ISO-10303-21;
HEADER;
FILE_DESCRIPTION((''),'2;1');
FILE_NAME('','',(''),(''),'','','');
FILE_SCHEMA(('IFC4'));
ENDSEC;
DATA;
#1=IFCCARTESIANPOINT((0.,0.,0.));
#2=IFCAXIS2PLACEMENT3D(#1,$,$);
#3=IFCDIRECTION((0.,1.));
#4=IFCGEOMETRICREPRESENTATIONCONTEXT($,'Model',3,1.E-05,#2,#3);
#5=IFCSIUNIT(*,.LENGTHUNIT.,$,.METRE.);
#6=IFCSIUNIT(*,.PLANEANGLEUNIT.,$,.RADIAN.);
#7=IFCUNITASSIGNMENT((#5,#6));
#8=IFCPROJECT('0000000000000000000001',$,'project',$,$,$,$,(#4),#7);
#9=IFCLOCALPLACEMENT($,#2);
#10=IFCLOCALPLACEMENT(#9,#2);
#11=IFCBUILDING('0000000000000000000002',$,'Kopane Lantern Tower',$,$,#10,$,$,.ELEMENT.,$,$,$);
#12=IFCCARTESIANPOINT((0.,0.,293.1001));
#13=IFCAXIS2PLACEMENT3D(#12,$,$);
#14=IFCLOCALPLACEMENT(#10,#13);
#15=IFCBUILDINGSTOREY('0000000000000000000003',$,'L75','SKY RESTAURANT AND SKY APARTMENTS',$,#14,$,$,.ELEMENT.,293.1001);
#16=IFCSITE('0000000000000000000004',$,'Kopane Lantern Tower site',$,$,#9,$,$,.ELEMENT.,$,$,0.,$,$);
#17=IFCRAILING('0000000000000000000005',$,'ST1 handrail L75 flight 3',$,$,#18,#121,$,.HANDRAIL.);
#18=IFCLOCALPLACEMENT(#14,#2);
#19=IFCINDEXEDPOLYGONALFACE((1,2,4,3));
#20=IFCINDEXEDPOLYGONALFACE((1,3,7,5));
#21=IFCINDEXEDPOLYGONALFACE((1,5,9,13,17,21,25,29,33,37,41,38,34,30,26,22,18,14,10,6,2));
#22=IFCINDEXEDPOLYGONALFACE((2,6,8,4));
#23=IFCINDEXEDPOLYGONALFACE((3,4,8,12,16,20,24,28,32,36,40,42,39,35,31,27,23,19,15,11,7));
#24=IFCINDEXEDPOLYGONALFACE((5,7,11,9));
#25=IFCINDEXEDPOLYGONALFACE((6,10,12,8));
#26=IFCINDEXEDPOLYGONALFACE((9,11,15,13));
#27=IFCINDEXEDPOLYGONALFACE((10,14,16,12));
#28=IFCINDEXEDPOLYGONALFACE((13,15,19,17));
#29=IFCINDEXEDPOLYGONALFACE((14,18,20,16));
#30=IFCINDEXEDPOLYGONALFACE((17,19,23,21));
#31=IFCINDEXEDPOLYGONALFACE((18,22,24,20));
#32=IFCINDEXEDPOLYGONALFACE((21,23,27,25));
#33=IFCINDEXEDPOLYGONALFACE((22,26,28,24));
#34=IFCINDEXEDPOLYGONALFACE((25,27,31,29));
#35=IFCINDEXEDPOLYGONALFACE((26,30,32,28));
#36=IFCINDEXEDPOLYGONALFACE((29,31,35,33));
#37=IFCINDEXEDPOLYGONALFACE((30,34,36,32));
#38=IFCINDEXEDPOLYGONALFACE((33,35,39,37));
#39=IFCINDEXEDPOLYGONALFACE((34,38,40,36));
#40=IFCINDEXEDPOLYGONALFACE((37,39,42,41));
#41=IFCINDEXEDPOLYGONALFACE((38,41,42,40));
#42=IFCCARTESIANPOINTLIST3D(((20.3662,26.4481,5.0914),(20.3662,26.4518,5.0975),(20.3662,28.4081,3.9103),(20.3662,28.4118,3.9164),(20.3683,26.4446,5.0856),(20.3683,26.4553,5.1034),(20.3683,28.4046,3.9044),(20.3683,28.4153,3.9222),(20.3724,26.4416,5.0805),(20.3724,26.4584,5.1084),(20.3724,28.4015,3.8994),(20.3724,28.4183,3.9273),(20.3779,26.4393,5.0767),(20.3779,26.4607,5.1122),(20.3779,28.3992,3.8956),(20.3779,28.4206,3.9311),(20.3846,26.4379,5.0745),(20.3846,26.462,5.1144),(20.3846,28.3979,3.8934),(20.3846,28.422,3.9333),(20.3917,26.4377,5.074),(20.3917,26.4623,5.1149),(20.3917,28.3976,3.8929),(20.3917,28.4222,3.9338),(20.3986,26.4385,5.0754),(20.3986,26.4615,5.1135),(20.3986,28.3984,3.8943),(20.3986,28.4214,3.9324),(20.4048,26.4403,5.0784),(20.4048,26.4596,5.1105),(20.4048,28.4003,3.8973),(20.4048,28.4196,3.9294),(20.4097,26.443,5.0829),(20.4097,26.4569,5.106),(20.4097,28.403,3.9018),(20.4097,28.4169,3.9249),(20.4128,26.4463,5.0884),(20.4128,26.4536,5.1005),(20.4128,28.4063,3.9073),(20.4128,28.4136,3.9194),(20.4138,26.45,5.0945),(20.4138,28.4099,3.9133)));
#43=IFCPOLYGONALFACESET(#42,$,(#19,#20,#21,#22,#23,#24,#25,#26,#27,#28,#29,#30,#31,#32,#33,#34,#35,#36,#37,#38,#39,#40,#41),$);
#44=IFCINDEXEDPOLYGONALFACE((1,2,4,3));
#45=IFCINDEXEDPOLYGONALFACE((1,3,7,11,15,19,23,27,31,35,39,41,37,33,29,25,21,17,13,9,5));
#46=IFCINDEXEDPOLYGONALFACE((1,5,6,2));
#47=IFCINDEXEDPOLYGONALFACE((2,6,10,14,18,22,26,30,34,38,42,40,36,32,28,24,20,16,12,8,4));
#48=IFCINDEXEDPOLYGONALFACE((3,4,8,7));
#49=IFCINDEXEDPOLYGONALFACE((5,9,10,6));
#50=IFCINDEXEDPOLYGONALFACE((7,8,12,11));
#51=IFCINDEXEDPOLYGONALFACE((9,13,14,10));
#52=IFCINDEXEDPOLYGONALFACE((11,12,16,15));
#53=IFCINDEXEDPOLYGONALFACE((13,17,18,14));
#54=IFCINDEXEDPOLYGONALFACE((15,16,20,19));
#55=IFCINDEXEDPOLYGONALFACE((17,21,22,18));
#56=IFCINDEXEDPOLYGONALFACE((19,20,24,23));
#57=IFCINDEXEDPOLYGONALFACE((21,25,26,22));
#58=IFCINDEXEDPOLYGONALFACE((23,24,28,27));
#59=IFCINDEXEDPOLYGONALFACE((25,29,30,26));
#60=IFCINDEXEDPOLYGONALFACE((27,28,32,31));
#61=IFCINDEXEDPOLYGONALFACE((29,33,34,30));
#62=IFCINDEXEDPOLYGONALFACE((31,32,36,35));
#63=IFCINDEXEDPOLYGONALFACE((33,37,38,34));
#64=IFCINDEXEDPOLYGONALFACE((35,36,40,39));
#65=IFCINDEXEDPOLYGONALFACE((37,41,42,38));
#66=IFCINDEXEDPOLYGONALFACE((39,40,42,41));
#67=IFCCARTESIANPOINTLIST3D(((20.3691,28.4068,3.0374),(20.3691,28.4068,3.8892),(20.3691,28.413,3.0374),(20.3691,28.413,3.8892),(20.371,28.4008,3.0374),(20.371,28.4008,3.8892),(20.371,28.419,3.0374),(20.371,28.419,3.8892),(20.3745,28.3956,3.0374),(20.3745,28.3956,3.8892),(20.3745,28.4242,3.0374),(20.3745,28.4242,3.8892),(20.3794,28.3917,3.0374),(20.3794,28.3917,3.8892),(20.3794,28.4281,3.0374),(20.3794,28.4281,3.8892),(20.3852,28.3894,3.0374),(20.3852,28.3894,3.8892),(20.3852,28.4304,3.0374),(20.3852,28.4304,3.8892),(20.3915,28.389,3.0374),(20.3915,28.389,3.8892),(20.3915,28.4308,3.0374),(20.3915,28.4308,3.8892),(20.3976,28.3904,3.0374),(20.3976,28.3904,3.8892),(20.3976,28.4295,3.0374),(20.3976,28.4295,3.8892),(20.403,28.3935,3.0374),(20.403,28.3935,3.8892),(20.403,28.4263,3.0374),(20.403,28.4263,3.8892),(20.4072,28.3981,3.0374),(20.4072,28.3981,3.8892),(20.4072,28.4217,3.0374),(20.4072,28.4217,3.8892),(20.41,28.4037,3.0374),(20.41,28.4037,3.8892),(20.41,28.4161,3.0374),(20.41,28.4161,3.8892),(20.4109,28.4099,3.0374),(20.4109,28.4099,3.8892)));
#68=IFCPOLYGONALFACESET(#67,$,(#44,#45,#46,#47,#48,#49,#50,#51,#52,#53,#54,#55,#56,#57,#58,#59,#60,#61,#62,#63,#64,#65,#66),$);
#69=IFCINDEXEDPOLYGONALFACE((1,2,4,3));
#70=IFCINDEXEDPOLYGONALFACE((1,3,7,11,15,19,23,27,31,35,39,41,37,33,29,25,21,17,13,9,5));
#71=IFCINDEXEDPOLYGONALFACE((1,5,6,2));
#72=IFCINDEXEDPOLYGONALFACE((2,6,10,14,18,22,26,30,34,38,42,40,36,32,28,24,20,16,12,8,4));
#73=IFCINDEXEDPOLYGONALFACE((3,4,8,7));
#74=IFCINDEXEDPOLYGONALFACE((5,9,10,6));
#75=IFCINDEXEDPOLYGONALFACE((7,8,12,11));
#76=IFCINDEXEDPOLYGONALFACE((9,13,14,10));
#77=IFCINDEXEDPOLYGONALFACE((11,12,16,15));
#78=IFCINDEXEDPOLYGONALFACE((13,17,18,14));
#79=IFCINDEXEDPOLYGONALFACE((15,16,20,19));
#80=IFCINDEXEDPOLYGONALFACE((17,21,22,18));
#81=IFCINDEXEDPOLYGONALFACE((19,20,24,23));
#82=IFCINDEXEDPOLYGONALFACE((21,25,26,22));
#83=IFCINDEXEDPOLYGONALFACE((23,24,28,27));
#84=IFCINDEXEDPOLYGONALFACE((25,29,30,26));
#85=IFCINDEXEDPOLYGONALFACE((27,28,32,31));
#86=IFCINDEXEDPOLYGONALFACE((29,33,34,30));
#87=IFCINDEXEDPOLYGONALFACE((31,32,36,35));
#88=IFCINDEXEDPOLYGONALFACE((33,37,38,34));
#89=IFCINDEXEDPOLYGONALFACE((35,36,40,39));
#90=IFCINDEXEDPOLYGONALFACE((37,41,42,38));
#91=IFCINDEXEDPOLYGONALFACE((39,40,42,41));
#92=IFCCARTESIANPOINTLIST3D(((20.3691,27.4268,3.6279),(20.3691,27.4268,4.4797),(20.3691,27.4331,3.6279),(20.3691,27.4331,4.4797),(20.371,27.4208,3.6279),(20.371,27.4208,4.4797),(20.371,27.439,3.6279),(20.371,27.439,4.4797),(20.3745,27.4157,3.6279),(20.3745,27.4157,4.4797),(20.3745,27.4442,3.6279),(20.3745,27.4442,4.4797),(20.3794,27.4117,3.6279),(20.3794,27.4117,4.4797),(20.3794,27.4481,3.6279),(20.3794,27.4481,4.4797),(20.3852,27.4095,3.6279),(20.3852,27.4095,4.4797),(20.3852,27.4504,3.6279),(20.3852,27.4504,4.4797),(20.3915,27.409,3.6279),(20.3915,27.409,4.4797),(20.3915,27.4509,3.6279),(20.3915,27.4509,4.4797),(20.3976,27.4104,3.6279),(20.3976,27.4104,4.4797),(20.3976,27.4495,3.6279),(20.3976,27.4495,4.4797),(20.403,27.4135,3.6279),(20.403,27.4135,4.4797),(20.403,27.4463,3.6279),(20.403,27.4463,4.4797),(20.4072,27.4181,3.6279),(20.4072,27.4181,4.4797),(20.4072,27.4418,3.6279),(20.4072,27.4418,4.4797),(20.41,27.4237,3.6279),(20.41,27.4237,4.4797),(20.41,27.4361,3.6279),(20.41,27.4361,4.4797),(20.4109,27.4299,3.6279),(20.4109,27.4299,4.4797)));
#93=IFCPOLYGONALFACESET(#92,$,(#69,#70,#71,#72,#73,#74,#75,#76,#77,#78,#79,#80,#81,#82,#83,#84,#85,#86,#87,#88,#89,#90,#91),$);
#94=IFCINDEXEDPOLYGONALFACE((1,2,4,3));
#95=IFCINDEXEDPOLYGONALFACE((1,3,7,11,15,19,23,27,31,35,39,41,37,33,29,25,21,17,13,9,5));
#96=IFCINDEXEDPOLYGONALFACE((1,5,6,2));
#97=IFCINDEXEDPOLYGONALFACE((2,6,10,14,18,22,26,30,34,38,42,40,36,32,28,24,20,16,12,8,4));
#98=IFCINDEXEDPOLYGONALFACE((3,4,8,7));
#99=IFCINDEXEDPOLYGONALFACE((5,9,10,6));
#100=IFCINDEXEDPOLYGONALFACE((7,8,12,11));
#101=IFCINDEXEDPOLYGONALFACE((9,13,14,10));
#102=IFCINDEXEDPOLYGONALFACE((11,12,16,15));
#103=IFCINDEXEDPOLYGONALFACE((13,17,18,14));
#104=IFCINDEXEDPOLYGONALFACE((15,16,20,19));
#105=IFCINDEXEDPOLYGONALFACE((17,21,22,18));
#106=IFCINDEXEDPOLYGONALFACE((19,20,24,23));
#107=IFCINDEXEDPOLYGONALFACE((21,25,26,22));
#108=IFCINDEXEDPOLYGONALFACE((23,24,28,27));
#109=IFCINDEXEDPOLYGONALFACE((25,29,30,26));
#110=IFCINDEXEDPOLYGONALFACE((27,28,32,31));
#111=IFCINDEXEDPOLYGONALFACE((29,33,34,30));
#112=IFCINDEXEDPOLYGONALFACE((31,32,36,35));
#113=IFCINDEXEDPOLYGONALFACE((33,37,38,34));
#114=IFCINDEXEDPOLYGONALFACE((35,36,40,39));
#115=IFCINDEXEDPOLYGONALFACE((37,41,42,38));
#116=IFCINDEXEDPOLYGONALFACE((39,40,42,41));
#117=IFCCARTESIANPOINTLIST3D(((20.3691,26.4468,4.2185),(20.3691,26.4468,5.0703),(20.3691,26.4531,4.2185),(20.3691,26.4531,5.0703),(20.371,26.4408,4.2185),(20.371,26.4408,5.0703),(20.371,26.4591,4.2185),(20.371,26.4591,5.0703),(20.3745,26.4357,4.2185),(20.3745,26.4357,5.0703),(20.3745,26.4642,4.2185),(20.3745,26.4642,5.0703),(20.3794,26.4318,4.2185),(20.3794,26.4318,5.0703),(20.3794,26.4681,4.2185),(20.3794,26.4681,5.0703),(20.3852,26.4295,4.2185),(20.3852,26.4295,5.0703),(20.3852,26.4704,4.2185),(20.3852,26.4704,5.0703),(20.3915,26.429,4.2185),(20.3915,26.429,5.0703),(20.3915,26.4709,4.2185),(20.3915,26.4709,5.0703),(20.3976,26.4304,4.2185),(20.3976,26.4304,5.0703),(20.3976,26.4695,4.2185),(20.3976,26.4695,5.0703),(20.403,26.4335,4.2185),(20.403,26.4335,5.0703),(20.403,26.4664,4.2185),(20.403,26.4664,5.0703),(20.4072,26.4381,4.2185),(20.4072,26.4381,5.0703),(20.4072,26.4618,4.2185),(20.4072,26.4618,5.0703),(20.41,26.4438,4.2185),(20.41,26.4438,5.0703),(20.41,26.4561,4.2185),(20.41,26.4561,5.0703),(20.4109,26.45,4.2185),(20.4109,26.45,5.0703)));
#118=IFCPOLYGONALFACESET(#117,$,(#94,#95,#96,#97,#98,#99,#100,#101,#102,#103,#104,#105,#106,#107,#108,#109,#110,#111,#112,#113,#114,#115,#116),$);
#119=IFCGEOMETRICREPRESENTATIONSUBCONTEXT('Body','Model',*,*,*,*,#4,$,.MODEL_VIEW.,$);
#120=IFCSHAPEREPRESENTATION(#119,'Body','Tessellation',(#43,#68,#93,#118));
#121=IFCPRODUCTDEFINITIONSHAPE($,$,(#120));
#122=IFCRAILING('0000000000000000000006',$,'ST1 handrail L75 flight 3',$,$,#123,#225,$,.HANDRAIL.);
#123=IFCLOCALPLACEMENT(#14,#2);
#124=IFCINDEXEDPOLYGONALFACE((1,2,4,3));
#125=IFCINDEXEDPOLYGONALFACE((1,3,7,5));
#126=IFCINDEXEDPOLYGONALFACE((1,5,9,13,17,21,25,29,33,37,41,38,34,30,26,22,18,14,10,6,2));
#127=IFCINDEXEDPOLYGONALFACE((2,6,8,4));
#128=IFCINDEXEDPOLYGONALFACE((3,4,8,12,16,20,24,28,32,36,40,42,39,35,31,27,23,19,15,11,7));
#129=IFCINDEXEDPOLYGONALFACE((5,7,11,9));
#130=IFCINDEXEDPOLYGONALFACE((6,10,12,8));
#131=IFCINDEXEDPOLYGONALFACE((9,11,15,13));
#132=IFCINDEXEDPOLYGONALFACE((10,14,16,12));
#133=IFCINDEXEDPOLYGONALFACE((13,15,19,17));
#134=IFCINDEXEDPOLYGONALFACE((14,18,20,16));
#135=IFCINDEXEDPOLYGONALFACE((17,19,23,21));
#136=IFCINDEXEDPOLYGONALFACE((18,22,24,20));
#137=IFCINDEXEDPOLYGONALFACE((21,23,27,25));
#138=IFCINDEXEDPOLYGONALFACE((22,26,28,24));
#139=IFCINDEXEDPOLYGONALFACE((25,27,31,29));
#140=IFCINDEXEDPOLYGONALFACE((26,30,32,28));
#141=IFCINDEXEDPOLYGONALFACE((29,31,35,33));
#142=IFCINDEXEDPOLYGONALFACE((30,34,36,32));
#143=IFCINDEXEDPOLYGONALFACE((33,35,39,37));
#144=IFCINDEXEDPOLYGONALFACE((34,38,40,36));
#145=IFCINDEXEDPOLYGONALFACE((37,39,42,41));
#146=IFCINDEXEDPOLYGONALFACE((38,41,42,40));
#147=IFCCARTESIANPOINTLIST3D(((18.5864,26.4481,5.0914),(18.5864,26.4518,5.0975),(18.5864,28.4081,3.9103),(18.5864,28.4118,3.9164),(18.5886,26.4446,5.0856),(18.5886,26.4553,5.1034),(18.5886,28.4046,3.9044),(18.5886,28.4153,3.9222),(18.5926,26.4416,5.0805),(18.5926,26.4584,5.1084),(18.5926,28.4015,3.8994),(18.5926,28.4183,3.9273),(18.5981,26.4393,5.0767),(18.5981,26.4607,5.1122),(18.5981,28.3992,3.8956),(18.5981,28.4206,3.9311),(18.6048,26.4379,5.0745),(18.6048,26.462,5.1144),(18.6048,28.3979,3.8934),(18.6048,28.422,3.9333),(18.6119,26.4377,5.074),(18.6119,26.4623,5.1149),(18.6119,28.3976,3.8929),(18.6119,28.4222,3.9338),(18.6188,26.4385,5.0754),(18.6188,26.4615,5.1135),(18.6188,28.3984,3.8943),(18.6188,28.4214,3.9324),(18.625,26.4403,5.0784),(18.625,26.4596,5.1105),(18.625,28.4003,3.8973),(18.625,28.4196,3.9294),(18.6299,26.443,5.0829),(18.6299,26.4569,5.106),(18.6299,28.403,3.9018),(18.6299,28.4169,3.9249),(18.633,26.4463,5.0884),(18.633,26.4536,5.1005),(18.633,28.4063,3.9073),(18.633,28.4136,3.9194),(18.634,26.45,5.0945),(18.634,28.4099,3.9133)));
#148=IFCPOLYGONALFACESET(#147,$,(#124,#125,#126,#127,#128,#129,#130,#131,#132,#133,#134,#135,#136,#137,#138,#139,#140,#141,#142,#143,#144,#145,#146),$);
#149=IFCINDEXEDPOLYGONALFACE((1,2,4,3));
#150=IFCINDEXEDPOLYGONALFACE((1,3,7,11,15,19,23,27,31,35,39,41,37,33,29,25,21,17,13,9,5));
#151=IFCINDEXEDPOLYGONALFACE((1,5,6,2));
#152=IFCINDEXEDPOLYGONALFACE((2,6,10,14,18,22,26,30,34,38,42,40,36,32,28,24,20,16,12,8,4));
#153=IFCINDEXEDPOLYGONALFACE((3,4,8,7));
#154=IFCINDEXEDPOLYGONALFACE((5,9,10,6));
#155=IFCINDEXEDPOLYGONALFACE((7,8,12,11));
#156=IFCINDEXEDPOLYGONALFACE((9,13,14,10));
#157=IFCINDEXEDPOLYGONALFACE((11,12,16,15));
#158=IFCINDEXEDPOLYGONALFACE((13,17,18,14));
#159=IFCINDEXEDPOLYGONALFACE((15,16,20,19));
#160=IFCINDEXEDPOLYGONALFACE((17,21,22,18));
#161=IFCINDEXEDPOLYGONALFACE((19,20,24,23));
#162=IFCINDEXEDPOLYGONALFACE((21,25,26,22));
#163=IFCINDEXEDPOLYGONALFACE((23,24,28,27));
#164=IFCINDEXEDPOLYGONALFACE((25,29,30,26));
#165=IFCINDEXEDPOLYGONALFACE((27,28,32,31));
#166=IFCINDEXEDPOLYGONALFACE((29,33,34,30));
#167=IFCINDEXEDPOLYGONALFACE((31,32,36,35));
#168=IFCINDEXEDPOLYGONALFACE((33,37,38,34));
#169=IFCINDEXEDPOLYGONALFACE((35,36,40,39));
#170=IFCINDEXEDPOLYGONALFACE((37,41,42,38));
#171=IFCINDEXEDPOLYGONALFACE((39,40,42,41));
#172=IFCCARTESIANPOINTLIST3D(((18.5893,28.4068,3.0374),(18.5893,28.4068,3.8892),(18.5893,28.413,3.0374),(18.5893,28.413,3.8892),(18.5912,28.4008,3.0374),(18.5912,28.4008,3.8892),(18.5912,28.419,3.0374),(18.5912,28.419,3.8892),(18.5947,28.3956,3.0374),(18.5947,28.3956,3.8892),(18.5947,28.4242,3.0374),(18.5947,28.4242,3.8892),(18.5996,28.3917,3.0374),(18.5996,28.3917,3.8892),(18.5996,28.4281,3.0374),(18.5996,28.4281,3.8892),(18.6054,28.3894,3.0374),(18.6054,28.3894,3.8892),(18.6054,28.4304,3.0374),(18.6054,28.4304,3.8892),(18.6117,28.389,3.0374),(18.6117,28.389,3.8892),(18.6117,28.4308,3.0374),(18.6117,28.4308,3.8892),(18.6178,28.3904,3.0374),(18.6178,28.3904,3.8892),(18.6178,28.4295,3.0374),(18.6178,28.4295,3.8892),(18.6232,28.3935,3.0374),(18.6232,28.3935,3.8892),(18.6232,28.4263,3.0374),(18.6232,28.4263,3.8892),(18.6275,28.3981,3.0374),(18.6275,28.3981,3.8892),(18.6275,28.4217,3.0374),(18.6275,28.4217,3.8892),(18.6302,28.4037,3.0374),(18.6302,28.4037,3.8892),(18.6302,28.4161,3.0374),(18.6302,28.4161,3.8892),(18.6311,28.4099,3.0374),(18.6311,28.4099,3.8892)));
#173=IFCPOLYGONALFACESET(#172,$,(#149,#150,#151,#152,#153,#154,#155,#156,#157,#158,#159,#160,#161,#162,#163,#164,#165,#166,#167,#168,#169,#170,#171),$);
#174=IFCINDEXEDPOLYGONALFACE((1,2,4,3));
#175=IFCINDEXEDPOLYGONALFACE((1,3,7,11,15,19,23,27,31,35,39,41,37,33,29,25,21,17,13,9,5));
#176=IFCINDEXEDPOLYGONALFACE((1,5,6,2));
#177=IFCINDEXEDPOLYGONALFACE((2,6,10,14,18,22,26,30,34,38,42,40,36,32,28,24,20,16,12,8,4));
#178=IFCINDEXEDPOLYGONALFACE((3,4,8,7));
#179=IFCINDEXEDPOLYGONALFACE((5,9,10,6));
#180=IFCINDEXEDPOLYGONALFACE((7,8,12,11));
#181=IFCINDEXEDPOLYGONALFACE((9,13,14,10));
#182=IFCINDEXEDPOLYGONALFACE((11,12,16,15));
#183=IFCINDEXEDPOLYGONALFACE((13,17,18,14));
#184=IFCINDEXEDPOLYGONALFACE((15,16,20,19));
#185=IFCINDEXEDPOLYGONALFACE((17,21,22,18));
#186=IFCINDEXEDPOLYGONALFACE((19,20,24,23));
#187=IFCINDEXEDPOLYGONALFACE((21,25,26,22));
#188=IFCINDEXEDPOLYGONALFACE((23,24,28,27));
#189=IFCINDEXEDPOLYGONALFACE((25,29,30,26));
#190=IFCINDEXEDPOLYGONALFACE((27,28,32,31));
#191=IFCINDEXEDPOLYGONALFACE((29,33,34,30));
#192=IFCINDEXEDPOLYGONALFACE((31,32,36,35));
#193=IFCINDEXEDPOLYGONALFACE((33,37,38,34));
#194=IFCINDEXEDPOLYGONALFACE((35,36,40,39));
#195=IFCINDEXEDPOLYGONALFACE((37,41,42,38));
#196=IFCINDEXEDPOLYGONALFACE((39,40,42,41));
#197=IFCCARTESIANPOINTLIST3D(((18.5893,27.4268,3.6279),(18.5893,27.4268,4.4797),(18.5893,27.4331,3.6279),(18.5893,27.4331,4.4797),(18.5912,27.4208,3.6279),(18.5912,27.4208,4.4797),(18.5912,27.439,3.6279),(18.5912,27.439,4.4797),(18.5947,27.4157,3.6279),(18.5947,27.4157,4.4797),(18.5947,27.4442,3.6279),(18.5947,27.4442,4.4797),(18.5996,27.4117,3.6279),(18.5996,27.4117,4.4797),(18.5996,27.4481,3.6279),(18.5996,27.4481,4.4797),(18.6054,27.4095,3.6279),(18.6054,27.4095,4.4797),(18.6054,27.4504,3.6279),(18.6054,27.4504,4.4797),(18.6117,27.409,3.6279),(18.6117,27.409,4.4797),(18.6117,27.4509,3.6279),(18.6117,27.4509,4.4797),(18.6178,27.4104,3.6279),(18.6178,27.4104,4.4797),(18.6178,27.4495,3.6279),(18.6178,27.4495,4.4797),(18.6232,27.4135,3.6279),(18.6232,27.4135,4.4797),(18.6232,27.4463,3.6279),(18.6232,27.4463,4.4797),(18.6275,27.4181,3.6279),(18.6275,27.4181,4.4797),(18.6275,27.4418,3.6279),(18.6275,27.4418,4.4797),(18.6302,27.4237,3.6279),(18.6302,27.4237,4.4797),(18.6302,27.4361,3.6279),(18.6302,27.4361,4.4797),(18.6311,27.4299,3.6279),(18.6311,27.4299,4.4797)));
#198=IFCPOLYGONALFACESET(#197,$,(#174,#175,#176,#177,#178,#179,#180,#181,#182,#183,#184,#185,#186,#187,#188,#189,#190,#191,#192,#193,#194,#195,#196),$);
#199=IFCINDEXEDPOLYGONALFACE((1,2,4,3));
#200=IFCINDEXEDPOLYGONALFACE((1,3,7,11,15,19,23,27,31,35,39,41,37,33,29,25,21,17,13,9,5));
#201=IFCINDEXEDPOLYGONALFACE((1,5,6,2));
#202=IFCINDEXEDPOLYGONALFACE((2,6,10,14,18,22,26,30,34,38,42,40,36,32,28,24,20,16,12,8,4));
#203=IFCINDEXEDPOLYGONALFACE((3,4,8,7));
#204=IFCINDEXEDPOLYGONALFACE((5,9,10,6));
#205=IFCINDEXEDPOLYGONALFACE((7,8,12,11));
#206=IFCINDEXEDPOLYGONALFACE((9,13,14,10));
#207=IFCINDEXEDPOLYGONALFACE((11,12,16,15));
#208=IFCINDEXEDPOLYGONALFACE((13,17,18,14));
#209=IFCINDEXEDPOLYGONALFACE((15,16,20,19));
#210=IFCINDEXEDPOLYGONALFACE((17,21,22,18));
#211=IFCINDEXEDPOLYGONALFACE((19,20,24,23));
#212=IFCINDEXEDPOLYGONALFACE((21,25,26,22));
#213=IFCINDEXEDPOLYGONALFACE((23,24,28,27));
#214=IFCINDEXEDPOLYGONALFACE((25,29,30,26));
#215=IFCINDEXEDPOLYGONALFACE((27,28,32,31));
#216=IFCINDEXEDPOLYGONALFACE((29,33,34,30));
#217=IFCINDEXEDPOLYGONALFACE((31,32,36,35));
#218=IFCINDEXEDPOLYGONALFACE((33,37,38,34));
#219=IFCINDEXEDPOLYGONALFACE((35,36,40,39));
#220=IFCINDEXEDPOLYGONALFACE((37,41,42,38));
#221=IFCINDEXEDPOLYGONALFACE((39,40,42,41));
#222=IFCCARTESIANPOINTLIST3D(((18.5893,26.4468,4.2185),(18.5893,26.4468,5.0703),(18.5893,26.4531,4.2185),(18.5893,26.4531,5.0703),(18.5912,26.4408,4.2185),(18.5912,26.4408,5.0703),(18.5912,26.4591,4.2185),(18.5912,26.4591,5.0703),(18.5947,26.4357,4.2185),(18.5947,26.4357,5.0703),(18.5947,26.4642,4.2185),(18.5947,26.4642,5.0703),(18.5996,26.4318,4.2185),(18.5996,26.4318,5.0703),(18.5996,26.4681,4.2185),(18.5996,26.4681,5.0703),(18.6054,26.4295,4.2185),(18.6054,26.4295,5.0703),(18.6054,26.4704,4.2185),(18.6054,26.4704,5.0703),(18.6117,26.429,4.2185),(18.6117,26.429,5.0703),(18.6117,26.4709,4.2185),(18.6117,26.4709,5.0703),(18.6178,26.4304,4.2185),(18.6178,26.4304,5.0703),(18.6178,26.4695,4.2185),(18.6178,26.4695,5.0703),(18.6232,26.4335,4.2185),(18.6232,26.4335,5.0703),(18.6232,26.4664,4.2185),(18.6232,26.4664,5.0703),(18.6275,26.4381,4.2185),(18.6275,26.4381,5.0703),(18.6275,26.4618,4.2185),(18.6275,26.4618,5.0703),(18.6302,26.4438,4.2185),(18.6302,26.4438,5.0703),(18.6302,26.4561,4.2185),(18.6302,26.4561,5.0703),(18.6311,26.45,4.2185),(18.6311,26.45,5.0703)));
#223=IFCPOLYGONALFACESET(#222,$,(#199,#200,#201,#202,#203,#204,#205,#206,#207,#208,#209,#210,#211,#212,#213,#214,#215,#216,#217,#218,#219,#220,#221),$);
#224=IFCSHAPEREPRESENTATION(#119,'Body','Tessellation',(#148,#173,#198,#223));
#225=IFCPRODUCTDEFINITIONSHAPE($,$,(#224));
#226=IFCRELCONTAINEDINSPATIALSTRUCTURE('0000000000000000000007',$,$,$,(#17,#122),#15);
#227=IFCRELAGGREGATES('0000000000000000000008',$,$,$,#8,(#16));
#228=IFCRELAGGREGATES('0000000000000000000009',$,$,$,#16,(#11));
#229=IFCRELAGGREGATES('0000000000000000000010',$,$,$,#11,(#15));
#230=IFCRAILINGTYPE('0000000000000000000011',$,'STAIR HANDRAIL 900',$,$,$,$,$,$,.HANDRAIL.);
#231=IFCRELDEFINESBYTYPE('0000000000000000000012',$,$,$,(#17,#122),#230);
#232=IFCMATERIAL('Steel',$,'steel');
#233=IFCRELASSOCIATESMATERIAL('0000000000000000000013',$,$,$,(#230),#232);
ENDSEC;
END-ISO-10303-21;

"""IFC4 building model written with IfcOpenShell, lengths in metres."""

from ifc_helpers import new_model, si_unit, direction, frame, origin, origin_2d, place, context, subcontext, project, spatial, circle, extrude, material, type_object, element, save


model = new_model("IFC4")

# Units and contexts
model_context = context("Model", 3, precision=1e-05, world=origin(), true_north=direction((0.0, 1.0)))
body_context = subcontext(model_context, "Body", "Model", "MODEL_VIEW")
ifc_project = project(units=[si_unit("LENGTHUNIT", "METRE"), si_unit("PLANEANGLEUNIT", "RADIAN")], contexts=[model_context])

# Site, building, storey
site_placement = place(None, origin())
site = spatial("IfcSite", under=ifc_project, at=site_placement, Name="Kopane Lantern Tower site", CompositionType="ELEMENT", RefElevation=0.0)
building_placement = place(site_placement, origin())
building = spatial("IfcBuilding", under=site, at=building_placement, Name="Kopane Lantern Tower", CompositionType="ELEMENT")
storey_placement = place(building_placement, frame((0.0, 0.0, 293.1001)))
storey = spatial("IfcBuildingStorey", under=building, at=storey_placement, Name="L75", Description="SKY RESTAURANT AND SKY APARTMENTS", CompositionType="ELEMENT", Elevation=293.1001)

# Railings
ifc_material_1 = material(Name="Steel", Category="steel")
railing_type_1 = type_object("IfcRailingType", Name="STAIR HANDRAIL 900", PredefinedType="HANDRAIL", material=ifc_material_1)
for number, where, name in (
    (1, (20.3899, 28.4099, 3.0374), "ST1 handrail L75 flight 3"),
    (2, (18.6101, 28.4099, 3.0374), "ST1 handrail L75 flight 3"),
):
    element("IfcRailing", number, at=place(storey_placement, frame(where)), inside=storey, type_object=railing_type_1, Name=name, PredefinedType="HANDRAIL", context=body_context, shape_type="SweptSolid", body=[
        extrude(circle(Radius=0.0239, at=origin_2d()), frame((0.0, 0.0, 0.876), z_axis=(0.0, -0.856493, 0.516158), x_axis=(1.0, 0.0, 0.0)), (0.0, 0.0, 1.0), 2.2883),
        extrude(circle(Radius=0.021, at=origin_2d()), origin(), (0.0, 0.0, 1.0), 0.8518),
        extrude(circle(Radius=0.021, at=origin_2d()), frame((0.0, -0.98, 0.5906)), (0.0, 0.0, 1.0), 0.8518),
        extrude(circle(Radius=0.021, at=origin_2d()), frame((0.0, -1.96, 1.1812)), (0.0, 0.0, 1.0), 0.8518),
    ])

save(model, "model.ifc")
